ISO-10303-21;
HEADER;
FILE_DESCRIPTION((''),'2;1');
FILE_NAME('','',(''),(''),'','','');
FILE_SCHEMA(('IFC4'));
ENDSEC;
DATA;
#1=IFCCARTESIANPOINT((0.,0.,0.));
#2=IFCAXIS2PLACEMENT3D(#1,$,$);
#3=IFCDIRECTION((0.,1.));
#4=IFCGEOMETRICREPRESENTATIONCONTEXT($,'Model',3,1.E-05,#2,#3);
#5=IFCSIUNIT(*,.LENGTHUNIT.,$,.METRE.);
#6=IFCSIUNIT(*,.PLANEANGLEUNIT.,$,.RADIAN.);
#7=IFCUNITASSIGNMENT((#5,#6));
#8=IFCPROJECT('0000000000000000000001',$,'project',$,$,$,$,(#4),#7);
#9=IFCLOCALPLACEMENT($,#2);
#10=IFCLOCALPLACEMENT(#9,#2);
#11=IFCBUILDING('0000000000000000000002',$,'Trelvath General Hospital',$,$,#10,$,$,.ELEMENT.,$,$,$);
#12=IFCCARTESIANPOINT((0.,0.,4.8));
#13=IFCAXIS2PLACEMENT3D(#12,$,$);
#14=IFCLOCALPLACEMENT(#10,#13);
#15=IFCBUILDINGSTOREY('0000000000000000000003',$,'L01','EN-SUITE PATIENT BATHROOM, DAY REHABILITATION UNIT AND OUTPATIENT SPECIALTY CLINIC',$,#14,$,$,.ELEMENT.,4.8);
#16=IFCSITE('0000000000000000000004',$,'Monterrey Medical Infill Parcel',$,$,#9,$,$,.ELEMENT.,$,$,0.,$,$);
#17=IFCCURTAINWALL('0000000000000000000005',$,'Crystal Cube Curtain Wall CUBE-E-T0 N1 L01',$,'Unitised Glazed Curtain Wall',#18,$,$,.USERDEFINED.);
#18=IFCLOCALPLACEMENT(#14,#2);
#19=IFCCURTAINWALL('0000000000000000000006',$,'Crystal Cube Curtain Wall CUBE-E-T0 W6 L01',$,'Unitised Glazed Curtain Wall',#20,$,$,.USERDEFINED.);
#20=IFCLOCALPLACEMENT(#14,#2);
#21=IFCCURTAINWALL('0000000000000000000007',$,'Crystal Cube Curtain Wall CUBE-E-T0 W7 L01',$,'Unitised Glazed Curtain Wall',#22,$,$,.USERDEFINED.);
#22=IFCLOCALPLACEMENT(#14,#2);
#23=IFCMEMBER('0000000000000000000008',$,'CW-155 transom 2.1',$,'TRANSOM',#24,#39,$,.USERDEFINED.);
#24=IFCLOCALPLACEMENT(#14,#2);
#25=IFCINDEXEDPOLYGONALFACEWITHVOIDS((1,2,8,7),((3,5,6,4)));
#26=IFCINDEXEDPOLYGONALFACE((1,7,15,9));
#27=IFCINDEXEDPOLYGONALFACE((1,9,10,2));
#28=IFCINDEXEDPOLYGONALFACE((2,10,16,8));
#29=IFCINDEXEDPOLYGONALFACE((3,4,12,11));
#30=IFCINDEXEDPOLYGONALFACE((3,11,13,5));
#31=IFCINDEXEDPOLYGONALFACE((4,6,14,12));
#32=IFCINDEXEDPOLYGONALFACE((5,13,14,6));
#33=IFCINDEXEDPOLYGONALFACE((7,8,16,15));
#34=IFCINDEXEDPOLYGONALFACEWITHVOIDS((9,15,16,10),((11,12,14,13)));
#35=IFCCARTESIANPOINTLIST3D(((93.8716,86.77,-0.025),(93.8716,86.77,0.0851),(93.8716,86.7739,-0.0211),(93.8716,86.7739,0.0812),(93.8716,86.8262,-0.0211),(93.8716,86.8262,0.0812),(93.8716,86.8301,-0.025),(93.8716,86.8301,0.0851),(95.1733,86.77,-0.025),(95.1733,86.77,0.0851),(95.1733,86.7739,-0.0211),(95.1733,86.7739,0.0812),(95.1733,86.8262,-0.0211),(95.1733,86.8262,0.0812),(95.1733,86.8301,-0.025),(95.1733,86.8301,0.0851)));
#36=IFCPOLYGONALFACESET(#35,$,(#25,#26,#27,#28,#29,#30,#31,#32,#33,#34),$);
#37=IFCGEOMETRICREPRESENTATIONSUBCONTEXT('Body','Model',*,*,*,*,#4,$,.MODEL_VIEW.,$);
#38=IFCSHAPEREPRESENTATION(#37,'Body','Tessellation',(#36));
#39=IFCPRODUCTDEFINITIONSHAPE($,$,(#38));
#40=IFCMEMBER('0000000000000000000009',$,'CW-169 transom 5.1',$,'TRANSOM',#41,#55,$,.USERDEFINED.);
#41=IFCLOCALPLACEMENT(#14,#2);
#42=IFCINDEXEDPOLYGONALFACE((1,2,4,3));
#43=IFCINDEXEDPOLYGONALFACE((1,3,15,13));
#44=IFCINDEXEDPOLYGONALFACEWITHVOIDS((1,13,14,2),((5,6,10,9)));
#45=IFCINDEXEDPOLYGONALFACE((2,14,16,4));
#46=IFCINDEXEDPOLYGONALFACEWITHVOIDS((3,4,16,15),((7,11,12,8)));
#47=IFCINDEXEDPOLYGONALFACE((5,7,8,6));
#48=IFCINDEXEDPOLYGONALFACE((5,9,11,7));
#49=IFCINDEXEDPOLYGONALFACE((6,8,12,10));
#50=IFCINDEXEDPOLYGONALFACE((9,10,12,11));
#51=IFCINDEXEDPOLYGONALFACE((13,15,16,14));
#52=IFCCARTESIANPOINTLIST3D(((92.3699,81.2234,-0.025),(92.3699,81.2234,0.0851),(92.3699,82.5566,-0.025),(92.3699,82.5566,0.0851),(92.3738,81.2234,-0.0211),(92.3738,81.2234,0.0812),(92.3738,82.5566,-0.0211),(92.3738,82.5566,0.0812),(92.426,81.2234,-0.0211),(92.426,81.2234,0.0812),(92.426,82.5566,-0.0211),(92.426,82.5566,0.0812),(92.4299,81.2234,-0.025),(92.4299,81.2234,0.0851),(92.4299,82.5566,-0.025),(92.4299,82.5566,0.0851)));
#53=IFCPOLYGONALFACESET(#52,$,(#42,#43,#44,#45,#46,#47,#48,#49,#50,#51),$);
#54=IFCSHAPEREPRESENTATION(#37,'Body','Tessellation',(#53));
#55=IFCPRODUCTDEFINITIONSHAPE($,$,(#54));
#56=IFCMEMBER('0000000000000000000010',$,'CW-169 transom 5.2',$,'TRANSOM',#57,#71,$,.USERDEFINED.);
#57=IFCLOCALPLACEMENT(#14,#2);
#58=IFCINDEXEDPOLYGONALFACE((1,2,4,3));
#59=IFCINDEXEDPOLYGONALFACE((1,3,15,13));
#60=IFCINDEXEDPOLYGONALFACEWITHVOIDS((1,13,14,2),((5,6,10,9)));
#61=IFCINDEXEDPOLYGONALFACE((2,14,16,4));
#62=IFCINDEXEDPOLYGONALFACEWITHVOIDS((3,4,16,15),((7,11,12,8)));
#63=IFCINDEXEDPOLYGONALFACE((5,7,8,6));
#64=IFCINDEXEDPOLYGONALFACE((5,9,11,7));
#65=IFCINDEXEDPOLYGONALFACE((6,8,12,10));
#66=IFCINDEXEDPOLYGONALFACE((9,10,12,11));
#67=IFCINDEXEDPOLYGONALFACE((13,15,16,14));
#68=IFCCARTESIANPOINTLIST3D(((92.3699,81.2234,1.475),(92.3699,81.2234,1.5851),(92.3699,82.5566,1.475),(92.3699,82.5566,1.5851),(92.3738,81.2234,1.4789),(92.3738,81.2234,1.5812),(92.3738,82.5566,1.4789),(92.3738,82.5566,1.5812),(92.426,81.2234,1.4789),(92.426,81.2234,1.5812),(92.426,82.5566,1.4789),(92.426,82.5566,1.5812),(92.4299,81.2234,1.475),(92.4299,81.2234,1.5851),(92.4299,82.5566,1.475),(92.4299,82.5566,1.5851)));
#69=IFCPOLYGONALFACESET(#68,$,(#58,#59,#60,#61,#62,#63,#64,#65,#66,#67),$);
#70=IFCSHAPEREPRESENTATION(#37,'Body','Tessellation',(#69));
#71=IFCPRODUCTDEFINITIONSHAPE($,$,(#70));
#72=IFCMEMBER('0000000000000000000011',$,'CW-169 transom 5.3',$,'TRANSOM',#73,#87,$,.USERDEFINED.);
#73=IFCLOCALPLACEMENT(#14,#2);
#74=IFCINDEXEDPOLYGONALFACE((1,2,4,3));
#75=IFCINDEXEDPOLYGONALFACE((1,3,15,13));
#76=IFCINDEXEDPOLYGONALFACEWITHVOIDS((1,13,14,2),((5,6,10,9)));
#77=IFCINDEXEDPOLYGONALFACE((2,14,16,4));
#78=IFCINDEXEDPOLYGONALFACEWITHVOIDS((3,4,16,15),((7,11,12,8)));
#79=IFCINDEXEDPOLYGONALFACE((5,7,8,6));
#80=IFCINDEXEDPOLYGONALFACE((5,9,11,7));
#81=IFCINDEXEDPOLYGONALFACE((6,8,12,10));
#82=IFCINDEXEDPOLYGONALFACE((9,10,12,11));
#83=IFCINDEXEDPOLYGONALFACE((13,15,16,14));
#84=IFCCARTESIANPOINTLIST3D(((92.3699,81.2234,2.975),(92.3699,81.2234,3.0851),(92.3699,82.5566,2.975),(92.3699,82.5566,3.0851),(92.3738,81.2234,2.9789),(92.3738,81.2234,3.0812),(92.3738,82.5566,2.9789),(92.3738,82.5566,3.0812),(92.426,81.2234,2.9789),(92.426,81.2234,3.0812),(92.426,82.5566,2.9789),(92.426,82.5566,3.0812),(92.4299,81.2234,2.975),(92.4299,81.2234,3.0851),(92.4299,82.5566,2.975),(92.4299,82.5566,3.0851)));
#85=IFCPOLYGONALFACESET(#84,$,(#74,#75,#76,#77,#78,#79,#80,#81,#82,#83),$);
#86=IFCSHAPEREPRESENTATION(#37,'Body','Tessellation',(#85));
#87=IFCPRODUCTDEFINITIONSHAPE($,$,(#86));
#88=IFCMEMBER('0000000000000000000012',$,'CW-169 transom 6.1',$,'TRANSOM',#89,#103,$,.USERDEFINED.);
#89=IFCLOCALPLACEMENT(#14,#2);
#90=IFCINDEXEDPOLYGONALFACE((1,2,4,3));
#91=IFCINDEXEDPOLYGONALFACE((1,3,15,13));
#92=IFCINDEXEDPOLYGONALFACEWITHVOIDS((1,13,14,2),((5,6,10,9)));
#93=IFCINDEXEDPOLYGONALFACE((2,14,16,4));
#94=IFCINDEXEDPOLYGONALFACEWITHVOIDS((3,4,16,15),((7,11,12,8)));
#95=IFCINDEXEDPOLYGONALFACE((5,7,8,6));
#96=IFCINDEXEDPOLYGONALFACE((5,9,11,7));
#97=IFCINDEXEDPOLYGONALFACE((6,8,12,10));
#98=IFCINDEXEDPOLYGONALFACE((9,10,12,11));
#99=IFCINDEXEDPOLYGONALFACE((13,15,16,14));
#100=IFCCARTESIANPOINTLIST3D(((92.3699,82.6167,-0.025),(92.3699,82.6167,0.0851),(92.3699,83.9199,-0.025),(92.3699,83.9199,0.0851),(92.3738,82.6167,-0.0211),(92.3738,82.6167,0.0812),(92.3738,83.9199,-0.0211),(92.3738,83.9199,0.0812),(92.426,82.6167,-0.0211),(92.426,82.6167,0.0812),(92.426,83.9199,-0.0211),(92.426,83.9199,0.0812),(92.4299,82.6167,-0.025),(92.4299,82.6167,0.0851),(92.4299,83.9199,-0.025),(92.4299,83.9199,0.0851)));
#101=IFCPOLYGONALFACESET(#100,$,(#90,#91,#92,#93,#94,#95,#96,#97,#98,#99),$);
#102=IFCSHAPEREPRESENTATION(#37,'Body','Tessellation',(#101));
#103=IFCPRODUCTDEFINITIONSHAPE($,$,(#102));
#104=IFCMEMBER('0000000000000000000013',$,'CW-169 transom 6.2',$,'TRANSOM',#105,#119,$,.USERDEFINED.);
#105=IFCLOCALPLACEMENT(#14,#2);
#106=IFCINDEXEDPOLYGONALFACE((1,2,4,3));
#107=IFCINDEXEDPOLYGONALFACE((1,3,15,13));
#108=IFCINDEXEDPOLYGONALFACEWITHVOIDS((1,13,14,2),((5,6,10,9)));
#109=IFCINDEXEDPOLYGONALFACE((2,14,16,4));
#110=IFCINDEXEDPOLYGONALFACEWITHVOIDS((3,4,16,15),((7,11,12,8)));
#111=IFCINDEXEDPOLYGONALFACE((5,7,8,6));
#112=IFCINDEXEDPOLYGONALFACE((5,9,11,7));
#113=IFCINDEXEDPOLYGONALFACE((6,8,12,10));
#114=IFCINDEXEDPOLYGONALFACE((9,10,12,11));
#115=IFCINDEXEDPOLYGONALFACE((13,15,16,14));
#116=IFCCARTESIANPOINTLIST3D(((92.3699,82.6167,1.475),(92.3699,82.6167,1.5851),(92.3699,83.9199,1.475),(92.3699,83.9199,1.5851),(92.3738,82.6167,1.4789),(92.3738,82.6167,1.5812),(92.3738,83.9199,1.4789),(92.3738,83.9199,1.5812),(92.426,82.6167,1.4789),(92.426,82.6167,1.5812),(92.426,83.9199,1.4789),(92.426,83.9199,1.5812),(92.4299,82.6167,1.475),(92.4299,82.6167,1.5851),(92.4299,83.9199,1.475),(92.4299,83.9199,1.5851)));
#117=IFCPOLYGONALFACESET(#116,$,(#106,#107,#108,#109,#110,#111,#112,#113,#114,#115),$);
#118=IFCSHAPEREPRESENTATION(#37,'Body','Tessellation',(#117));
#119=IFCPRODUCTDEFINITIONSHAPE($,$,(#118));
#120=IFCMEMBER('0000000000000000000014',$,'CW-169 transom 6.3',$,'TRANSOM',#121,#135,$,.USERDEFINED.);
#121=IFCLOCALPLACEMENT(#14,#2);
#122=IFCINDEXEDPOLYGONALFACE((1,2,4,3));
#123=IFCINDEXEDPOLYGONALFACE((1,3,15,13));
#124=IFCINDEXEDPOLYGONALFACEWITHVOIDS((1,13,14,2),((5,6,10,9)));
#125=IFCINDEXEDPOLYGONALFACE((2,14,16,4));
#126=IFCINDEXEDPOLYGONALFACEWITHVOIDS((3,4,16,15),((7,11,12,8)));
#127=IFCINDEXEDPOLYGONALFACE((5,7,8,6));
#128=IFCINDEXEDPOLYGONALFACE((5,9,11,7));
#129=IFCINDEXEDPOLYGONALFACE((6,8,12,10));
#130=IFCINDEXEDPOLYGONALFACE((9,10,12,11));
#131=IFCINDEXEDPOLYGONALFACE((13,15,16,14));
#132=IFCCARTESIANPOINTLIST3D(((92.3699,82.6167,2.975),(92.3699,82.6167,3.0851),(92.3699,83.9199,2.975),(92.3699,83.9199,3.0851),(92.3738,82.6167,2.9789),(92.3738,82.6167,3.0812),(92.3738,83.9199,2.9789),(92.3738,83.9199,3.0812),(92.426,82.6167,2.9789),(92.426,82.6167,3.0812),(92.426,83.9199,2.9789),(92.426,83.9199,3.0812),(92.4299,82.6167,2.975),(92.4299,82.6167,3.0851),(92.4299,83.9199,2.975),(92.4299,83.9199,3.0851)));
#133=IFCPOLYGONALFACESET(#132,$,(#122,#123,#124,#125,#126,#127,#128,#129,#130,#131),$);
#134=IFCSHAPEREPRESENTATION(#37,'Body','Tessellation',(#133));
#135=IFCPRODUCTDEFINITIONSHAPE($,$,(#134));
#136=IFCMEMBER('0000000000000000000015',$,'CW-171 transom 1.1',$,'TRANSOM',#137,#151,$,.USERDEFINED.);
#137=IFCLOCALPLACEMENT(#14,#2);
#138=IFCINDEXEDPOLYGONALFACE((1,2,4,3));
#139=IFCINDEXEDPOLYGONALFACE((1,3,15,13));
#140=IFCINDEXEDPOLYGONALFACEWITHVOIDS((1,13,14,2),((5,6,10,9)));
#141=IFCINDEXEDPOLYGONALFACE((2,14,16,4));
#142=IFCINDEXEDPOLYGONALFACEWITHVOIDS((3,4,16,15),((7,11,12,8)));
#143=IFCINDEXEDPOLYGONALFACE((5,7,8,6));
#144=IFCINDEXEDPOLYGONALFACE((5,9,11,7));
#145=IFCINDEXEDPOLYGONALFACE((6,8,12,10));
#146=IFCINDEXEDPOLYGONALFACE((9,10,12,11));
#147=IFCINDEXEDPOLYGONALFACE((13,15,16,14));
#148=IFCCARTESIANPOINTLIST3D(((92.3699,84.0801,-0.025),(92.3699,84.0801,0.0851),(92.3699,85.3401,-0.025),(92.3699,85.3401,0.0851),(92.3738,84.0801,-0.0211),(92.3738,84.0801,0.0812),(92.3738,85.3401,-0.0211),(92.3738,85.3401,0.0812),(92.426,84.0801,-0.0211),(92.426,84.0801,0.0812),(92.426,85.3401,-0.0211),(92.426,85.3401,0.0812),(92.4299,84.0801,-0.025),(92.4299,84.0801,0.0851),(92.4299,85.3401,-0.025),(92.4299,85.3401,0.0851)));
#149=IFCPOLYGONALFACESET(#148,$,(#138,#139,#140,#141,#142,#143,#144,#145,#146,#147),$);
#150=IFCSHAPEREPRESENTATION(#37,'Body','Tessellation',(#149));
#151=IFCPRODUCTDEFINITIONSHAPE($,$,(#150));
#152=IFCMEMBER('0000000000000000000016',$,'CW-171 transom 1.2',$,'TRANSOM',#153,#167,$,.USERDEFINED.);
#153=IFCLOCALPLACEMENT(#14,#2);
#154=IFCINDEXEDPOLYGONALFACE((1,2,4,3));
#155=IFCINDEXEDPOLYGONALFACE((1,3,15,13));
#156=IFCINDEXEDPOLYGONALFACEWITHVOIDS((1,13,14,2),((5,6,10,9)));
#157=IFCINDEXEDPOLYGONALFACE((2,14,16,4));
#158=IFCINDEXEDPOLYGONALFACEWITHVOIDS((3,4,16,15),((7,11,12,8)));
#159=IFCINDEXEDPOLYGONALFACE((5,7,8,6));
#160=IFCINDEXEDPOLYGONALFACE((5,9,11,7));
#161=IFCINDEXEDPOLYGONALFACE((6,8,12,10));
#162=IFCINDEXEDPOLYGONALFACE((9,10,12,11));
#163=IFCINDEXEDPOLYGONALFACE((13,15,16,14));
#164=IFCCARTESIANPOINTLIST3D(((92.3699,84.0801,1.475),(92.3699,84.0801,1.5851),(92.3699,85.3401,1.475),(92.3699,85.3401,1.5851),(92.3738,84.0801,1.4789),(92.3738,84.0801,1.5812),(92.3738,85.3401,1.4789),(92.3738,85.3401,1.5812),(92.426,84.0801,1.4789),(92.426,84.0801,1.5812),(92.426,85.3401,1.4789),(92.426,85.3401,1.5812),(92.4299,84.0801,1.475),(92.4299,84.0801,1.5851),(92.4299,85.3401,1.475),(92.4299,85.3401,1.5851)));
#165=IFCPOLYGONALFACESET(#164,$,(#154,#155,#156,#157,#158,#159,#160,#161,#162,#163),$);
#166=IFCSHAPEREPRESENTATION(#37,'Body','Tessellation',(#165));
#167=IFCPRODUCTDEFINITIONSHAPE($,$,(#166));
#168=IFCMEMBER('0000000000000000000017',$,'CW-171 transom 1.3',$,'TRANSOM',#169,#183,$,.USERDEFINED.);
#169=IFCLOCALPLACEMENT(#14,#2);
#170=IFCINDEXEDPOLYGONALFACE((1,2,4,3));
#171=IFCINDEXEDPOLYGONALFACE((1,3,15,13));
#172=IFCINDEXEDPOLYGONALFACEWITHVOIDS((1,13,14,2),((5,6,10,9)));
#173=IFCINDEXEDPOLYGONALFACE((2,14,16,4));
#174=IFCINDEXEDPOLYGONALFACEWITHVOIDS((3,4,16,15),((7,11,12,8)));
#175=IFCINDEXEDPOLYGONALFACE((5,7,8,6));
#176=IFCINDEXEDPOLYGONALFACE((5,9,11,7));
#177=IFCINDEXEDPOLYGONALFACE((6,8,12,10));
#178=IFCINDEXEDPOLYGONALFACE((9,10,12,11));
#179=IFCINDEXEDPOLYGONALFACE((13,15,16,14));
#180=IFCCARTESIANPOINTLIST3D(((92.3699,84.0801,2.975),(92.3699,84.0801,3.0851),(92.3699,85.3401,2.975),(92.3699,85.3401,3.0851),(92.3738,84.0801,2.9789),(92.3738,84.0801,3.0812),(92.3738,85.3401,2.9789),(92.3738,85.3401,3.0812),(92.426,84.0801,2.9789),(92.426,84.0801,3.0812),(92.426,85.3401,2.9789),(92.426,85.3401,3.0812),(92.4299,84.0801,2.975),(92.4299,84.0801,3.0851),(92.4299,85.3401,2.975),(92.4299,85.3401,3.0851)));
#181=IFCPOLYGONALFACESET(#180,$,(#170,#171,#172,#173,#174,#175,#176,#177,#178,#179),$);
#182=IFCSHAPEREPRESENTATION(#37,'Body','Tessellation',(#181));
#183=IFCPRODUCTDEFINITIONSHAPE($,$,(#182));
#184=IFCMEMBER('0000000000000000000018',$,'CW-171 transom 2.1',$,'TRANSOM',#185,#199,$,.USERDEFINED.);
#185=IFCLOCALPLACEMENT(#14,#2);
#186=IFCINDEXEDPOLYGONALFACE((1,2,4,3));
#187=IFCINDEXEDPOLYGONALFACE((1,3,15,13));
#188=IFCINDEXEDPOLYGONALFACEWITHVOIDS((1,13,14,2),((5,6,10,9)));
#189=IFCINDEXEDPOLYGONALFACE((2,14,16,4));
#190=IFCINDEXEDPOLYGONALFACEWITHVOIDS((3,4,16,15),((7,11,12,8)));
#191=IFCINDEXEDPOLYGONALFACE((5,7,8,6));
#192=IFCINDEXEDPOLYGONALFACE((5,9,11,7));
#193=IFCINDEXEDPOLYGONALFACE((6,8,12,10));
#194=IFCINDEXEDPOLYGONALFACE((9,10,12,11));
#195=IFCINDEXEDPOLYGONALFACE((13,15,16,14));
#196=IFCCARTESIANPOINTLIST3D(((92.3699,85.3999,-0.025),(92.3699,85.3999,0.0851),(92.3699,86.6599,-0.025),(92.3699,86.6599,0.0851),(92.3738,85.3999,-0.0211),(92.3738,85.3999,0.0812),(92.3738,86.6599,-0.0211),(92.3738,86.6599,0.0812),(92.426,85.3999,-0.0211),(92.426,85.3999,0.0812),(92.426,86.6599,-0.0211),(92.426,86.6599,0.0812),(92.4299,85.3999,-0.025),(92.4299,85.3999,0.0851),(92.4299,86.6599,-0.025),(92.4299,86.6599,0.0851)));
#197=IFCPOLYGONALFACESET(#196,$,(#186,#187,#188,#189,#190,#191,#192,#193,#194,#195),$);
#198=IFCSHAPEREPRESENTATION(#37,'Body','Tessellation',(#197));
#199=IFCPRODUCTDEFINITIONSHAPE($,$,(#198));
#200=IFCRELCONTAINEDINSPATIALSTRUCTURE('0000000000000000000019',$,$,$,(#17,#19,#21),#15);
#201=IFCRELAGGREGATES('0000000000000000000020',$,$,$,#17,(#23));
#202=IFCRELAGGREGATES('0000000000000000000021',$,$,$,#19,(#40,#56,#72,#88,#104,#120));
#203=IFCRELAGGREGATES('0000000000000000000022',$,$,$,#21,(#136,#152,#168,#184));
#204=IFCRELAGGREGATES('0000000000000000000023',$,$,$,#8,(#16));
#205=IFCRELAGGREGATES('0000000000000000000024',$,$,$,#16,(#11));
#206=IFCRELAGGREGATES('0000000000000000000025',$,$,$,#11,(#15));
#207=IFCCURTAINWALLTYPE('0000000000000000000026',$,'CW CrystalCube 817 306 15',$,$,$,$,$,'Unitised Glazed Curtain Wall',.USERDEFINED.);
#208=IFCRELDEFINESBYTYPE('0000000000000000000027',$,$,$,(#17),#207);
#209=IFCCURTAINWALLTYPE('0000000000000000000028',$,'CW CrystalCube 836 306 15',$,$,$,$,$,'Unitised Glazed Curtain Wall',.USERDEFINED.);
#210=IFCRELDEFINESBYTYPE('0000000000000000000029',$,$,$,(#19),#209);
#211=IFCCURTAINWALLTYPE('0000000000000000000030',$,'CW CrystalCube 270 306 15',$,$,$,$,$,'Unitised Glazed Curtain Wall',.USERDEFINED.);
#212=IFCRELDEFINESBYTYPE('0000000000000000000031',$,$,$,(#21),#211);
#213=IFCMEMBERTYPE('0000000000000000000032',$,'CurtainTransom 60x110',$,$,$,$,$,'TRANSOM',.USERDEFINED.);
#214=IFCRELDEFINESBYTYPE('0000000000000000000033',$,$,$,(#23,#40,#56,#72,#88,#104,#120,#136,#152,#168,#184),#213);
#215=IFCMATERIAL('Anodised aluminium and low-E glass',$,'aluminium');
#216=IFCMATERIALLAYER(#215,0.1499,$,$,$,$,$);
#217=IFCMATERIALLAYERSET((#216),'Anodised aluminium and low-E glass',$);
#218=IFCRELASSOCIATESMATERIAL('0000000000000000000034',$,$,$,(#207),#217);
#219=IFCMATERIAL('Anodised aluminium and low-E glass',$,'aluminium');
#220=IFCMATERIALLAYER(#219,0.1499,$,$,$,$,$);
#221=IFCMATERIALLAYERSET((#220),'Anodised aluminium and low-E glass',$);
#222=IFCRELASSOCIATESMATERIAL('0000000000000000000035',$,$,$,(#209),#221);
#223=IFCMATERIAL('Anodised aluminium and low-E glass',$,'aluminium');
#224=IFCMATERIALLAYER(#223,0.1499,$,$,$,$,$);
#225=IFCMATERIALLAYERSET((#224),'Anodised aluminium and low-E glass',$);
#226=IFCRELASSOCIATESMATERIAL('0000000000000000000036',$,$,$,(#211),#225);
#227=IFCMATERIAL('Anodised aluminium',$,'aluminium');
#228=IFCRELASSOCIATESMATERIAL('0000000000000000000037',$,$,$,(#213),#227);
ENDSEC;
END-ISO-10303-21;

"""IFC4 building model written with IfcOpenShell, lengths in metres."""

from ifc_helpers import new_model, si_unit, direction, frame, origin, origin_2d, place, context, subcontext, project, spatial, hollow_rectangle, extrude, material, layer, layer_set, material_profile, profile_set, type_object, element, aggregate, save


model = new_model("IFC4")

# Units and contexts
model_context = context("Model", 3, precision=1e-05, world=origin(), true_north=direction((0.0, 1.0)))
body_context = subcontext(model_context, "Body", "Model", "MODEL_VIEW")
ifc_project = project(units=[si_unit("LENGTHUNIT", "METRE"), si_unit("PLANEANGLEUNIT", "RADIAN")], contexts=[model_context])

# Site, building, storey
site_placement = place(None, origin())
site = spatial("IfcSite", under=ifc_project, at=site_placement, Name="Monterrey Medical Infill Parcel", CompositionType="ELEMENT", RefElevation=0.0)
building_placement = place(site_placement, origin())
building = spatial("IfcBuilding", under=site, at=building_placement, Name="Trelvath General Hospital", CompositionType="ELEMENT")
storey_placement = place(building_placement, frame((0.0, 0.0, 4.8)))
storey = spatial("IfcBuildingStorey", under=building, at=storey_placement, Name="L01", Description="EN-SUITE PATIENT BATHROOM, DAY REHABILITATION UNIT AND OUTPATIENT SPECIALTY CLINIC", CompositionType="ELEMENT", Elevation=4.8)

# Curtain walls
ifc_material_1 = material(Name="Anodised aluminium and low-E glass", Category="aluminium")
ifc_layer_1 = layer(ifc_material_1, 0.1499)
ifc_layer_set_1 = layer_set([ifc_layer_1], Name="Anodised aluminium and low-E glass")
curtain_wall_type_1 = type_object("IfcCurtainWallType", Name="CW CrystalCube 817 306 15", ElementType="Unitised Glazed Curtain Wall", PredefinedType="USERDEFINED", material=ifc_layer_set_1)
curtain_wall_1_placement = place(storey_placement, origin())
curtain_wall_1 = element("IfcCurtainWall", 1, at=curtain_wall_1_placement, inside=storey, type_object=curtain_wall_type_1, Name="Crystal Cube Curtain Wall CUBE-E-T0 N1 L01", ObjectType="Unitised Glazed Curtain Wall", PredefinedType="USERDEFINED")
ifc_material_2 = material(Name="Anodised aluminium and low-E glass", Category="aluminium")
ifc_layer_2 = layer(ifc_material_2, 0.1499)
ifc_layer_set_2 = layer_set([ifc_layer_2], Name="Anodised aluminium and low-E glass")
curtain_wall_type_2 = type_object("IfcCurtainWallType", Name="CW CrystalCube 836 306 15", ElementType="Unitised Glazed Curtain Wall", PredefinedType="USERDEFINED", material=ifc_layer_set_2)
curtain_wall_2_placement = place(storey_placement, origin())
curtain_wall_2 = element("IfcCurtainWall", 2, at=curtain_wall_2_placement, inside=storey, type_object=curtain_wall_type_2, Name="Crystal Cube Curtain Wall CUBE-E-T0 W6 L01", ObjectType="Unitised Glazed Curtain Wall", PredefinedType="USERDEFINED")
ifc_material_3 = material(Name="Anodised aluminium and low-E glass", Category="aluminium")
ifc_layer_3 = layer(ifc_material_3, 0.1499)
ifc_layer_set_3 = layer_set([ifc_layer_3], Name="Anodised aluminium and low-E glass")
curtain_wall_type_3 = type_object("IfcCurtainWallType", Name="CW CrystalCube 270 306 15", ElementType="Unitised Glazed Curtain Wall", PredefinedType="USERDEFINED", material=ifc_layer_set_3)
curtain_wall_3_placement = place(storey_placement, origin())
curtain_wall_3 = element("IfcCurtainWall", 3, at=curtain_wall_3_placement, inside=storey, type_object=curtain_wall_type_3, Name="Crystal Cube Curtain Wall CUBE-E-T0 W7 L01", ObjectType="Unitised Glazed Curtain Wall", PredefinedType="USERDEFINED")

# Members
ifc_material_4 = material(Name="Anodised aluminium", Category="aluminium")
ifc_material_profile_1 = material_profile(ifc_material_4, hollow_rectangle(XDim=0.0601, YDim=0.1101, WallThickness=0.0039, at=origin_2d()), Name="RHS60x110x4")
ifc_profile_set_1 = profile_set([ifc_material_profile_1], Name="Anodised aluminium")
member_type_1 = type_object("IfcMemberType", Name="CurtainTransom 60x110", ElementType="TRANSOM", PredefinedType="USERDEFINED", material=ifc_profile_set_1)
member_1_placement = place(storey_placement, frame((93.8716, 86.8, 0.03), z_axis=(1.0, 0.0, 0.0), x_axis=(0.0, 1.0, 0.0)))
member_1 = element("IfcMember", 4, at=member_1_placement, type_object=member_type_1, Name="CW-155 transom 2.1", ObjectType="TRANSOM", PredefinedType="USERDEFINED", context=body_context, shape_type="SweptSolid", body=[
    extrude(hollow_rectangle(XDim=0.0601, YDim=0.1101, WallThickness=0.0039, at=origin_2d()), origin(), (0.0, 0.0, 1.0), 1.3018),
])
member_2_placement = place(storey_placement, frame((92.3999, 81.2234, 0.03), z_axis=(0.0, 1.0, 0.0), x_axis=(-1.0, 0.0, 0.0)))
member_2 = element("IfcMember", 5, at=member_2_placement, type_object=member_type_1, Name="CW-169 transom 5.1", ObjectType="TRANSOM", PredefinedType="USERDEFINED", context=body_context, shape_type="SweptSolid", body=[
    extrude(hollow_rectangle(XDim=0.0601, YDim=0.1101, WallThickness=0.0039, at=origin_2d()), origin(), (0.0, 0.0, 1.0), 1.3333),
])
member_3_placement = place(storey_placement, frame((92.3999, 81.2234, 1.53), z_axis=(0.0, 1.0, 0.0), x_axis=(-1.0, 0.0, 0.0)))
member_3 = element("IfcMember", 6, at=member_3_placement, type_object=member_type_1, Name="CW-169 transom 5.2", ObjectType="TRANSOM", PredefinedType="USERDEFINED", context=body_context, shape_type="SweptSolid", body=[
    extrude(hollow_rectangle(XDim=0.0601, YDim=0.1101, WallThickness=0.0039, at=origin_2d()), origin(), (0.0, 0.0, 1.0), 1.3333),
])
member_4_placement = place(storey_placement, frame((92.3999, 81.2234, 3.03), z_axis=(0.0, 1.0, 0.0), x_axis=(-1.0, 0.0, 0.0)))
member_4 = element("IfcMember", 7, at=member_4_placement, type_object=member_type_1, Name="CW-169 transom 5.3", ObjectType="TRANSOM", PredefinedType="USERDEFINED", context=body_context, shape_type="SweptSolid", body=[
    extrude(hollow_rectangle(XDim=0.0601, YDim=0.1101, WallThickness=0.0039, at=origin_2d()), origin(), (0.0, 0.0, 1.0), 1.3333),
])
member_5_placement = place(storey_placement, frame((92.3999, 82.6167, 0.03), z_axis=(0.0, 1.0, 0.0), x_axis=(-1.0, 0.0, 0.0)))
member_5 = element("IfcMember", 8, at=member_5_placement, type_object=member_type_1, Name="CW-169 transom 6.1", ObjectType="TRANSOM", PredefinedType="USERDEFINED", context=body_context, shape_type="SweptSolid", body=[
    extrude(hollow_rectangle(XDim=0.0601, YDim=0.1101, WallThickness=0.0039, at=origin_2d()), origin(), (0.0, 0.0, 1.0), 1.3032),
])
member_6_placement = place(storey_placement, frame((92.3999, 82.6167, 1.53), z_axis=(0.0, 1.0, 0.0), x_axis=(-1.0, 0.0, 0.0)))
member_6 = element("IfcMember", 9, at=member_6_placement, type_object=member_type_1, Name="CW-169 transom 6.2", ObjectType="TRANSOM", PredefinedType="USERDEFINED", context=body_context, shape_type="SweptSolid", body=[
    extrude(hollow_rectangle(XDim=0.0601, YDim=0.1101, WallThickness=0.0039, at=origin_2d()), origin(), (0.0, 0.0, 1.0), 1.3032),
])
member_7_placement = place(storey_placement, frame((92.3999, 82.6167, 3.03), z_axis=(0.0, 1.0, 0.0), x_axis=(-1.0, 0.0, 0.0)))
member_7 = element("IfcMember", 10, at=member_7_placement, type_object=member_type_1, Name="CW-169 transom 6.3", ObjectType="TRANSOM", PredefinedType="USERDEFINED", context=body_context, shape_type="SweptSolid", body=[
    extrude(hollow_rectangle(XDim=0.0601, YDim=0.1101, WallThickness=0.0039, at=origin_2d()), origin(), (0.0, 0.0, 1.0), 1.3032),
])
member_8_placement = place(storey_placement, frame((92.3999, 84.0801, 0.03), z_axis=(0.0, 1.0, 0.0), x_axis=(-1.0, 0.0, 0.0)))
member_8 = element("IfcMember", 11, at=member_8_placement, type_object=member_type_1, Name="CW-171 transom 1.1", ObjectType="TRANSOM", PredefinedType="USERDEFINED", context=body_context, shape_type="SweptSolid", body=[
    extrude(hollow_rectangle(XDim=0.0601, YDim=0.1101, WallThickness=0.0039, at=origin_2d()), origin(), (0.0, 0.0, 1.0), 1.26),
])
member_9_placement = place(storey_placement, frame((92.3999, 84.0801, 1.53), z_axis=(0.0, 1.0, 0.0), x_axis=(-1.0, 0.0, 0.0)))
member_9 = element("IfcMember", 12, at=member_9_placement, type_object=member_type_1, Name="CW-171 transom 1.2", ObjectType="TRANSOM", PredefinedType="USERDEFINED", context=body_context, shape_type="SweptSolid", body=[
    extrude(hollow_rectangle(XDim=0.0601, YDim=0.1101, WallThickness=0.0039, at=origin_2d()), origin(), (0.0, 0.0, 1.0), 1.26),
])
member_10_placement = place(storey_placement, frame((92.3999, 84.0801, 3.03), z_axis=(0.0, 1.0, 0.0), x_axis=(-1.0, 0.0, 0.0)))
member_10 = element("IfcMember", 13, at=member_10_placement, type_object=member_type_1, Name="CW-171 transom 1.3", ObjectType="TRANSOM", PredefinedType="USERDEFINED", context=body_context, shape_type="SweptSolid", body=[
    extrude(hollow_rectangle(XDim=0.0601, YDim=0.1101, WallThickness=0.0039, at=origin_2d()), origin(), (0.0, 0.0, 1.0), 1.26),
])
member_11_placement = place(storey_placement, frame((92.3999, 85.3999, 0.03), z_axis=(0.0, 1.0, 0.0), x_axis=(-1.0, 0.0, 0.0)))
member_11 = element("IfcMember", 14, at=member_11_placement, type_object=member_type_1, Name="CW-171 transom 2.1", ObjectType="TRANSOM", PredefinedType="USERDEFINED", context=body_context, shape_type="SweptSolid", body=[
    extrude(hollow_rectangle(XDim=0.0601, YDim=0.1101, WallThickness=0.0039, at=origin_2d()), origin(), (0.0, 0.0, 1.0), 1.26),
])

aggregate(curtain_wall_1, [member_1])
aggregate(curtain_wall_2, [member_2, member_3, member_4, member_5, member_6, member_7])
aggregate(curtain_wall_3, [member_8, member_9, member_10, member_11])

save(model, "model.ifc")
